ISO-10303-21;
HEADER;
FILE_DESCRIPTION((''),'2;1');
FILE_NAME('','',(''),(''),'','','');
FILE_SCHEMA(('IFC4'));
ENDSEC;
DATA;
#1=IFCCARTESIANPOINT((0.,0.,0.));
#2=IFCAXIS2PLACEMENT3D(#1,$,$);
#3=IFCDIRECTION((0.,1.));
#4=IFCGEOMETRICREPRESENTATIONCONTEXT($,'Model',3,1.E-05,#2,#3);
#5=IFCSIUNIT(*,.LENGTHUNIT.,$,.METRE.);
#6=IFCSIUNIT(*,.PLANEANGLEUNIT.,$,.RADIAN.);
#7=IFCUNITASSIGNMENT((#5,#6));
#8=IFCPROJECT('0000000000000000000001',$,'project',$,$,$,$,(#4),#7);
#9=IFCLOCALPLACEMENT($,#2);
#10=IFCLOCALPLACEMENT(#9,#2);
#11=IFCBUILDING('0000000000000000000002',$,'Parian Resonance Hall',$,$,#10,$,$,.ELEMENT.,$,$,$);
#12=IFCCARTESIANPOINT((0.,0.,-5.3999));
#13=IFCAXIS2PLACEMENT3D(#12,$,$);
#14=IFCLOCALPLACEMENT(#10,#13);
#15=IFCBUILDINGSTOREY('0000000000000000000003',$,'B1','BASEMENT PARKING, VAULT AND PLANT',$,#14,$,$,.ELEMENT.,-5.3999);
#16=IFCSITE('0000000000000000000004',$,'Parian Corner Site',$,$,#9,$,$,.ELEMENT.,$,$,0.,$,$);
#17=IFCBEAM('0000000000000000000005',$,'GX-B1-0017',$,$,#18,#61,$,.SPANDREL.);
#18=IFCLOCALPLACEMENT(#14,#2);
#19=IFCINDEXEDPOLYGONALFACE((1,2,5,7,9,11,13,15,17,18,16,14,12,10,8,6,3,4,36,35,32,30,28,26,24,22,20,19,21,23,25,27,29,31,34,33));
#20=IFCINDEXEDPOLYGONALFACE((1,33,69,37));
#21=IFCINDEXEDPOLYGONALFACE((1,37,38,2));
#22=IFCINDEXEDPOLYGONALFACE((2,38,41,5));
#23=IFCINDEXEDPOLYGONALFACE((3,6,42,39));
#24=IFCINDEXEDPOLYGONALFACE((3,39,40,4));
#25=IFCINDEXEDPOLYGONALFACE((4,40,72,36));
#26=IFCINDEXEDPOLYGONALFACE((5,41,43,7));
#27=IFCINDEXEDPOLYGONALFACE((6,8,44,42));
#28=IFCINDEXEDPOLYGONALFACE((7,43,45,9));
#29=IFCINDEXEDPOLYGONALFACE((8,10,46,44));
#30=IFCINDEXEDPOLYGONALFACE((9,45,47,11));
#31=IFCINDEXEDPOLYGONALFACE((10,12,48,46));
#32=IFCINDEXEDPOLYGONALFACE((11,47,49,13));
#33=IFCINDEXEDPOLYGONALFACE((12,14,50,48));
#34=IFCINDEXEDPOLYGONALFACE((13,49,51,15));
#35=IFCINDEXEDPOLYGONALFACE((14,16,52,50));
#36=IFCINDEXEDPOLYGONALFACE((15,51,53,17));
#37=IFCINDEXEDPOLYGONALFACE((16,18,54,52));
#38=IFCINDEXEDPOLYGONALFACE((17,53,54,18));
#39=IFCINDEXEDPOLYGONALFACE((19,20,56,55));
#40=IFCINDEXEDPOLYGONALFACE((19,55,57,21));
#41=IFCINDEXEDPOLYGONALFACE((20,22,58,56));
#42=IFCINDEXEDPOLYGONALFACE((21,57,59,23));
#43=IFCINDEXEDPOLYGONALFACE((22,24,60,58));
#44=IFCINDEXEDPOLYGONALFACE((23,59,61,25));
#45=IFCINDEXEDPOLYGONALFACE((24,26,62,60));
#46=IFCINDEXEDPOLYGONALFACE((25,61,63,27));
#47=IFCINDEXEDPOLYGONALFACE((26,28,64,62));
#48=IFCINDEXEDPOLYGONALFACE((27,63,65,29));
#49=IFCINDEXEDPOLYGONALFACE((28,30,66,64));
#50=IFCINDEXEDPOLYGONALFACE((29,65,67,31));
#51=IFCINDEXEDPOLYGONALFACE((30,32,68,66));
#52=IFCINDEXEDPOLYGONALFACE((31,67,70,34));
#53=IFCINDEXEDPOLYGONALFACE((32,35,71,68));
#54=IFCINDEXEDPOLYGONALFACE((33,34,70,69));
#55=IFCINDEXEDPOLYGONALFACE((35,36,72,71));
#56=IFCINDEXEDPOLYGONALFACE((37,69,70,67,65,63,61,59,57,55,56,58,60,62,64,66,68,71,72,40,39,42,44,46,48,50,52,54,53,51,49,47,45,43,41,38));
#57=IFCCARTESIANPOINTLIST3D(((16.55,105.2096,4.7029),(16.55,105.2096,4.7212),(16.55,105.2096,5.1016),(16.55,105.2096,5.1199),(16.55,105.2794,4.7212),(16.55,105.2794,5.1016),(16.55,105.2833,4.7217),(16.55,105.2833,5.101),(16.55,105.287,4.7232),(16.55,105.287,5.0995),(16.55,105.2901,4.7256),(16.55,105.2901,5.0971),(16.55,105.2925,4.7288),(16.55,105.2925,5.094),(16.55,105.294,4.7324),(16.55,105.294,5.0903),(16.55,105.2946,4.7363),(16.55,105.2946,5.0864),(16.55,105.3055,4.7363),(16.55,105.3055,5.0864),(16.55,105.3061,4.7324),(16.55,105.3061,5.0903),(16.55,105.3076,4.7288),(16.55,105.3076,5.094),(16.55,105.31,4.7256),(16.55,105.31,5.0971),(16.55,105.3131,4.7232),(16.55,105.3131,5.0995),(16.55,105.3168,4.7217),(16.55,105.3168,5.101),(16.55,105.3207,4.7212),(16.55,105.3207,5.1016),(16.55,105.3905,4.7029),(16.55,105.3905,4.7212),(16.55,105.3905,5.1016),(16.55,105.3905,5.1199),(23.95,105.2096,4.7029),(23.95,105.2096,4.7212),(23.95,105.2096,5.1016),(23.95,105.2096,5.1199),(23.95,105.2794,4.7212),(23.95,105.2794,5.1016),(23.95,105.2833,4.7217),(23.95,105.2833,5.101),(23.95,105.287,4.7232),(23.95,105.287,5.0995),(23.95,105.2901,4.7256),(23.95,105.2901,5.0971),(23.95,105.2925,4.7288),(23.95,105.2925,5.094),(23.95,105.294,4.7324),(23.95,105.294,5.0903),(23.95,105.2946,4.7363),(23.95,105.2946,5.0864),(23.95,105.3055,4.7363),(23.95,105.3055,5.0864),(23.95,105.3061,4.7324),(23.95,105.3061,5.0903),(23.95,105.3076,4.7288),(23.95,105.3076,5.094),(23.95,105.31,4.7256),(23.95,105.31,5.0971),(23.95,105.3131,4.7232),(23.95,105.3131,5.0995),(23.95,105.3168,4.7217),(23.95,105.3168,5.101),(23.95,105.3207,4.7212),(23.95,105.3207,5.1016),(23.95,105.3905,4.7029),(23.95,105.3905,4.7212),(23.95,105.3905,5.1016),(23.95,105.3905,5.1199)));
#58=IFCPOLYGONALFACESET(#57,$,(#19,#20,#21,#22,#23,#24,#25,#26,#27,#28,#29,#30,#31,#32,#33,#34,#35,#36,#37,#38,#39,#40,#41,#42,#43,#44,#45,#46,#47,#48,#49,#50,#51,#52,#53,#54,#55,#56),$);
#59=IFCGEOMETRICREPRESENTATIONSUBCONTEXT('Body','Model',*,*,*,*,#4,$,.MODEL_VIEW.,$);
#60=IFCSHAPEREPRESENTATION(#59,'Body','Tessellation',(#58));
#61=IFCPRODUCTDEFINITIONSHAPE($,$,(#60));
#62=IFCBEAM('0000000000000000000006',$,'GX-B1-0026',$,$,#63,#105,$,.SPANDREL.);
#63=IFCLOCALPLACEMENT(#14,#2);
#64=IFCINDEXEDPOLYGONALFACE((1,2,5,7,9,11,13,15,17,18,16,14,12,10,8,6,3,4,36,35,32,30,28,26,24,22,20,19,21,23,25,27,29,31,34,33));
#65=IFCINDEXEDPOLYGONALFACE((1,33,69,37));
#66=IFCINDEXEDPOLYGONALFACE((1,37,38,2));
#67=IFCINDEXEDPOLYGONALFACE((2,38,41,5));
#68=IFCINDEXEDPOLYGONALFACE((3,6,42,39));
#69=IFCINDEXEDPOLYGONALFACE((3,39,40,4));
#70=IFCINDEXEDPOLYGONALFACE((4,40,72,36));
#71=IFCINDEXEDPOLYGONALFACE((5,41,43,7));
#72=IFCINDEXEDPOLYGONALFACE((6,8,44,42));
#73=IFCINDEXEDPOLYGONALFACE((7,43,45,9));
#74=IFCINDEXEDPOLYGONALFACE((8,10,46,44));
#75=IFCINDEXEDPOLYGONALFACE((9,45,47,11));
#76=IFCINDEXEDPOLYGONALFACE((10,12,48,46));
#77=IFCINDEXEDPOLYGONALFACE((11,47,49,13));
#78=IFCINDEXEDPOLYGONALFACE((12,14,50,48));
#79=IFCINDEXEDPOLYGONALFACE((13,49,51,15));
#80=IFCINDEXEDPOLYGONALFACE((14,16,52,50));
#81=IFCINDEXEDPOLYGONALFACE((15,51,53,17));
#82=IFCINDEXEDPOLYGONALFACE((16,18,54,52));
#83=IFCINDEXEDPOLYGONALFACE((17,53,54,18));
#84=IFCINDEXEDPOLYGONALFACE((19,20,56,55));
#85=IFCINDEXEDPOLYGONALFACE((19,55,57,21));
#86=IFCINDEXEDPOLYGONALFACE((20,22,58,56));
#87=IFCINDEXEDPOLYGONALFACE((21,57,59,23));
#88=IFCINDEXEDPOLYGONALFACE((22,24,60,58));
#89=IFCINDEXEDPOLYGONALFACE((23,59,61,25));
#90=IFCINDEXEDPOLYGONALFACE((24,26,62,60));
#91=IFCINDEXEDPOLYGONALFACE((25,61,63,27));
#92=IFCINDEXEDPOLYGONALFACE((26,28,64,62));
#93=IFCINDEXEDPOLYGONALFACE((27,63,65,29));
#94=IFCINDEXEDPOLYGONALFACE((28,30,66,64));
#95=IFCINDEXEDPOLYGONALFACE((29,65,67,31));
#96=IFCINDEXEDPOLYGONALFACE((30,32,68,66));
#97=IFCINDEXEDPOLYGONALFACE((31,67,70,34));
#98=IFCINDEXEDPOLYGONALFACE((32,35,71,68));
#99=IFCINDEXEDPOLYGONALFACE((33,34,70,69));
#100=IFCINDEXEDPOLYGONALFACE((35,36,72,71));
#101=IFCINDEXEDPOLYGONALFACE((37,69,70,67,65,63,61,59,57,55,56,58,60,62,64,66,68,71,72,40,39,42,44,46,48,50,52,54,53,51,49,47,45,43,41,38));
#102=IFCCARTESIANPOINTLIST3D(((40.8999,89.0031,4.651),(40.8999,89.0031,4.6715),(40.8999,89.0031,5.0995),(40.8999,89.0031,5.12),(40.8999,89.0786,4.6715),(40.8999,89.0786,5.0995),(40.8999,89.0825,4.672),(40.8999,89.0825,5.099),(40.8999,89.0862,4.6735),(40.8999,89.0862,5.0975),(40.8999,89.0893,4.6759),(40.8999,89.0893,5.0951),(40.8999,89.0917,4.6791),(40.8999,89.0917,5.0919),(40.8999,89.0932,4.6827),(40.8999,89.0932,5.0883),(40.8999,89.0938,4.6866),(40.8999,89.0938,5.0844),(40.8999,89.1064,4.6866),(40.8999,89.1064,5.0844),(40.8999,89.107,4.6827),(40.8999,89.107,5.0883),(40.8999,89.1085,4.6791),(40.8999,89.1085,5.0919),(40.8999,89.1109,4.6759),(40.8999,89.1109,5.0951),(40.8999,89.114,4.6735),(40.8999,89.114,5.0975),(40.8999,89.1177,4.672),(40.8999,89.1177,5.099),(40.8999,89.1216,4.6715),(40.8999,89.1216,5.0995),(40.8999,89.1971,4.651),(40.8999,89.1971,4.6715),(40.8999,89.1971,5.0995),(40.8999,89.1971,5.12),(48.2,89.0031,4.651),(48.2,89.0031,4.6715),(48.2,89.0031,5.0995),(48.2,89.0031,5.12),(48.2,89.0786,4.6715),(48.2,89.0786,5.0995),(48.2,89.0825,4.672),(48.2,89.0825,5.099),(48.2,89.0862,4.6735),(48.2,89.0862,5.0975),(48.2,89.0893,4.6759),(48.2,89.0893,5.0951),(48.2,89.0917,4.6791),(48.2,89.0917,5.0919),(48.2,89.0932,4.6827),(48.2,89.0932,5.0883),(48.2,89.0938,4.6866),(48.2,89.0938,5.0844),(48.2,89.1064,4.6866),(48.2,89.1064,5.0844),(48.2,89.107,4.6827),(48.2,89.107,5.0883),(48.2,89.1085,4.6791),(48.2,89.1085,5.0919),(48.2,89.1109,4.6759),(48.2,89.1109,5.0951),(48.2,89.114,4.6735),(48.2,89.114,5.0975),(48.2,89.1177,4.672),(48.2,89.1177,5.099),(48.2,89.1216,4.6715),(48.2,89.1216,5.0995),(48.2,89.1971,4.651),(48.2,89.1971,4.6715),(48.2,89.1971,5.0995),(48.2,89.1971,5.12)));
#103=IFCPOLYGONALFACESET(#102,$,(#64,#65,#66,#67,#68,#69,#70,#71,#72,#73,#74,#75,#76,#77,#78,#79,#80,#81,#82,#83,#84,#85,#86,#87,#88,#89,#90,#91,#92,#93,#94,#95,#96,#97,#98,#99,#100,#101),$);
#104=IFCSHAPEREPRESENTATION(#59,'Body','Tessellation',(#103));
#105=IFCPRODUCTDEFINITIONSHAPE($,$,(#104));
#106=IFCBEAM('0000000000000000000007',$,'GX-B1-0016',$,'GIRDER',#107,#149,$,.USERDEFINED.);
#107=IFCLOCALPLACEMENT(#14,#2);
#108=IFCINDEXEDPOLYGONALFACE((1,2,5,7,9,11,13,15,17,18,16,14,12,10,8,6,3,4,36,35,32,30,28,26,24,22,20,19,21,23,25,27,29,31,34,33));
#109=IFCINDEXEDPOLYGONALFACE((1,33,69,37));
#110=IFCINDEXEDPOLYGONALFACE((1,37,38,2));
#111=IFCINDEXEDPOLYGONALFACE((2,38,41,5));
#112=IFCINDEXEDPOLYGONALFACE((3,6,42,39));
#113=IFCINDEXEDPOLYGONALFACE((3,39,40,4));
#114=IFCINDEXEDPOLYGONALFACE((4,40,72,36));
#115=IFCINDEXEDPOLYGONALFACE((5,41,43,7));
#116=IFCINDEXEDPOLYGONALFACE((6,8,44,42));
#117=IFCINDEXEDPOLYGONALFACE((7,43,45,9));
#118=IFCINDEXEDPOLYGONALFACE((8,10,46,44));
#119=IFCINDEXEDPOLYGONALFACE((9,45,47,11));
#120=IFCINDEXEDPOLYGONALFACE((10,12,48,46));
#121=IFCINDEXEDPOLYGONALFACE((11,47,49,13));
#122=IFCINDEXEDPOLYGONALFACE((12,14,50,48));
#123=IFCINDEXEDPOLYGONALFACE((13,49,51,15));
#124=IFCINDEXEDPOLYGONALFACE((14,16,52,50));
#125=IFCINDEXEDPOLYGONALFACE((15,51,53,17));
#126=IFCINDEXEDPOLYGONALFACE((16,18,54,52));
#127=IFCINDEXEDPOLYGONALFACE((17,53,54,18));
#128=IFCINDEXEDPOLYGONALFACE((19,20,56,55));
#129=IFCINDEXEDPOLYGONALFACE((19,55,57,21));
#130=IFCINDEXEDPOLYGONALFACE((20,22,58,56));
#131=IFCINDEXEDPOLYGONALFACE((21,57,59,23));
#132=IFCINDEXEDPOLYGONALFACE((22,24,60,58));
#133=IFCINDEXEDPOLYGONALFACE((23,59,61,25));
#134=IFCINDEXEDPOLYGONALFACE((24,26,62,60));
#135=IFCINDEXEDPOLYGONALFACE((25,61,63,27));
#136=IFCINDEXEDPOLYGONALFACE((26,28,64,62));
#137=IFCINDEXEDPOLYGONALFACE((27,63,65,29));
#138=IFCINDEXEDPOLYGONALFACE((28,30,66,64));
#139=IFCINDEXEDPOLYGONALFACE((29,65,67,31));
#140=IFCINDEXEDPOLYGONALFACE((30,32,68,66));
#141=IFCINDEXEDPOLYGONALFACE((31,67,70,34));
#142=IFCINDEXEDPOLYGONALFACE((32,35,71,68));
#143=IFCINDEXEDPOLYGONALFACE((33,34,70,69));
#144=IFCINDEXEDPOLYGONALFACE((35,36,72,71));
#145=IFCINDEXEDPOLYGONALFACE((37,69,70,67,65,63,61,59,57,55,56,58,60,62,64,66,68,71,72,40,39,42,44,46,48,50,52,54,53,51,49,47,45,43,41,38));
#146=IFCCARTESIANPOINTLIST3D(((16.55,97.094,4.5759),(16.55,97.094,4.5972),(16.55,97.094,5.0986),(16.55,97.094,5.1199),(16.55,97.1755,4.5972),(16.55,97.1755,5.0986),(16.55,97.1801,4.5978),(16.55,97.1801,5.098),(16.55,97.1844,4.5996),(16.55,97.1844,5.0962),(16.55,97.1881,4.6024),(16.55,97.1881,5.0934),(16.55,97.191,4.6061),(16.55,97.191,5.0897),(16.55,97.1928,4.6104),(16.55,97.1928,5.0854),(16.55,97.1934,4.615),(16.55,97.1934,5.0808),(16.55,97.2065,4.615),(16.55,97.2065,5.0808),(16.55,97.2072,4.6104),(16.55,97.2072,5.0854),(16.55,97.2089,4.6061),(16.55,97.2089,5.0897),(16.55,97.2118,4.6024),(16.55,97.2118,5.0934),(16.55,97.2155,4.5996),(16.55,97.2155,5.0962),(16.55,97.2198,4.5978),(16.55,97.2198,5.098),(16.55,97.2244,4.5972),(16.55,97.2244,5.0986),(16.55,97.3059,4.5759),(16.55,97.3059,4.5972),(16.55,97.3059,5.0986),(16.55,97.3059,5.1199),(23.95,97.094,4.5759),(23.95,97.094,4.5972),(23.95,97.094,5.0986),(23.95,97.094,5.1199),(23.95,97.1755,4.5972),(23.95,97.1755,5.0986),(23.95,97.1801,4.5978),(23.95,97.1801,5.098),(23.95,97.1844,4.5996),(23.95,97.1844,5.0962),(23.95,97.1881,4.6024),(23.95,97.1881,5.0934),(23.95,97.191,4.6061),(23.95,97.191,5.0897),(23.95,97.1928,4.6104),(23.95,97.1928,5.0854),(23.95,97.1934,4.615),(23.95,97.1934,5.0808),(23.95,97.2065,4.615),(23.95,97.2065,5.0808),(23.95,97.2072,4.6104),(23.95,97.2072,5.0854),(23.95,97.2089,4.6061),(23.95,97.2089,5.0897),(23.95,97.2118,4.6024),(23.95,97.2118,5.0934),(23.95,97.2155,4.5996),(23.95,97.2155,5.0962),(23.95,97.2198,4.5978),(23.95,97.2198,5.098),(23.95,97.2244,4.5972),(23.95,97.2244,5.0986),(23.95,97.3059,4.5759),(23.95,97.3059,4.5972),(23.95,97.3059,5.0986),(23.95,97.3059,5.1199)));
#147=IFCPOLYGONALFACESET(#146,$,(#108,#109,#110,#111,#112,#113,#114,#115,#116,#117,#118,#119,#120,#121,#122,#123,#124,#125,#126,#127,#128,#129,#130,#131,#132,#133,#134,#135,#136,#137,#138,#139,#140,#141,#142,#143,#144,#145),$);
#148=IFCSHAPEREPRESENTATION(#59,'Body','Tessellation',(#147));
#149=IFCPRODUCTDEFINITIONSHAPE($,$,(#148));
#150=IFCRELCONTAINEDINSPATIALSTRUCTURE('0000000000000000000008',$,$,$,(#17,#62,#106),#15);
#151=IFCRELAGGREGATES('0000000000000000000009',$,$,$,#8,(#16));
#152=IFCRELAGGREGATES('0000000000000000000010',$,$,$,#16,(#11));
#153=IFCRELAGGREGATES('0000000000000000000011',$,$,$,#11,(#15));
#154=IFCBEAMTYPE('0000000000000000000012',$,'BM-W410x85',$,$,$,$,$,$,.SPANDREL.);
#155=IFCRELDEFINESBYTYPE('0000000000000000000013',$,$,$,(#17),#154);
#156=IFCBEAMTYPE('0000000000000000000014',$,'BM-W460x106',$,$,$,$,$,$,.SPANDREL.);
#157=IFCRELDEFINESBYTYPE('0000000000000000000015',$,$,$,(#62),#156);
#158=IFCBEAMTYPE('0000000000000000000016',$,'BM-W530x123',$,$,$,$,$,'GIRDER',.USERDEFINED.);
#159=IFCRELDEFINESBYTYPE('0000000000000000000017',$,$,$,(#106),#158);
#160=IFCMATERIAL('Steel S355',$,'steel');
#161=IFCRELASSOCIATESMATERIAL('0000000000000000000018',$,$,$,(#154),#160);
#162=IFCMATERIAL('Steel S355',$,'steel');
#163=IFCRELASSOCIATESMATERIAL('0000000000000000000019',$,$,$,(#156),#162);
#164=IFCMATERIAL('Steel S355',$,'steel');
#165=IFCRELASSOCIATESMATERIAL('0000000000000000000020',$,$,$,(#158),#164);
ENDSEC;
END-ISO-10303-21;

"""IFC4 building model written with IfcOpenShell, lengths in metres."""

from ifc_helpers import new_model, si_unit, direction, frame, origin, origin_2d, place, context, subcontext, project, spatial, i_section, extrude, material, material_profile, profile_set, type_object, element, save


model = new_model("IFC4")

# Units and contexts
model_context = context("Model", 3, precision=1e-05, world=origin(), true_north=direction((0.0, 1.0)))
body_context = subcontext(model_context, "Body", "Model", "MODEL_VIEW")
ifc_project = project(units=[si_unit("LENGTHUNIT", "METRE"), si_unit("PLANEANGLEUNIT", "RADIAN")], contexts=[model_context])

# Site, building, storey
site_placement = place(None, origin())
site = spatial("IfcSite", under=ifc_project, at=site_placement, Name="Parian Corner Site", CompositionType="ELEMENT", RefElevation=0.0)
building_placement = place(site_placement, origin())
building = spatial("IfcBuilding", under=site, at=building_placement, Name="Parian Resonance Hall", CompositionType="ELEMENT")
storey_placement = place(building_placement, frame((0.0, 0.0, -5.3999)))
storey = spatial("IfcBuildingStorey", under=building, at=storey_placement, Name="B1", Description="BASEMENT PARKING, VAULT AND PLANT", CompositionType="ELEMENT", Elevation=-5.3999)

# Beams
ifc_material_1 = material(Name="Steel S355", Category="steel")
ifc_material_profile_1 = material_profile(ifc_material_1, i_section(OverallWidth=0.1809, OverallDepth=0.417, WebThickness=0.011, FlangeThickness=0.0183, FilletRadius=0.0151, at=origin_2d()), Name="W410x85")
ifc_profile_set_1 = profile_set([ifc_material_profile_1], Name="Steel S355")
beam_type_1 = type_object("IfcBeamType", Name="BM-W410x85", PredefinedType="SPANDREL", material=ifc_profile_set_1)
beam_1_placement = place(storey_placement, frame((16.55, 105.3, 4.9114), z_axis=(1.0, 0.0, 0.0), x_axis=(0.0, 1.0, 0.0)))
element("IfcBeam", 1, at=beam_1_placement, inside=storey, type_object=beam_type_1, Name="GX-B1-0017", PredefinedType="SPANDREL", context=body_context, shape_type="SweptSolid", body=[
    extrude(i_section(OverallWidth=0.1809, OverallDepth=0.417, WebThickness=0.011, FlangeThickness=0.0183, FilletRadius=0.0151, at=origin_2d()), origin(), (0.0, 0.0, 1.0), 7.3999),
])
ifc_material_2 = material(Name="Steel S355", Category="steel")
ifc_material_profile_2 = material_profile(ifc_material_2, i_section(OverallWidth=0.1941, OverallDepth=0.469, WebThickness=0.0127, FlangeThickness=0.0205, FilletRadius=0.0151, at=origin_2d()), Name="W460x106")
ifc_profile_set_2 = profile_set([ifc_material_profile_2], Name="Steel S355")
beam_type_2 = type_object("IfcBeamType", Name="BM-W460x106", PredefinedType="SPANDREL", material=ifc_profile_set_2)
beam_2_placement = place(storey_placement, frame((40.8999, 89.1001, 4.8855), z_axis=(1.0, 0.0, 0.0), x_axis=(0.0, 1.0, 0.0)))
element("IfcBeam", 2, at=beam_2_placement, inside=storey, type_object=beam_type_2, Name="GX-B1-0026", PredefinedType="SPANDREL", context=body_context, shape_type="SweptSolid", body=[
    extrude(i_section(OverallWidth=0.1941, OverallDepth=0.469, WebThickness=0.0127, FlangeThickness=0.0205, FilletRadius=0.0151, at=origin_2d()), origin(), (0.0, 0.0, 1.0), 7.3),
])
ifc_material_3 = material(Name="Steel S355", Category="steel")
ifc_material_profile_3 = material_profile(ifc_material_3, i_section(OverallWidth=0.2119, OverallDepth=0.5439, WebThickness=0.0132, FlangeThickness=0.0212, FilletRadius=0.0178, at=origin_2d()), Name="W530x123")
ifc_profile_set_3 = profile_set([ifc_material_profile_3], Name="Steel S355")
beam_type_3 = type_object("IfcBeamType", Name="BM-W530x123", ElementType="GIRDER", PredefinedType="USERDEFINED", material=ifc_profile_set_3)
beam_3_placement = place(storey_placement, frame((16.55, 97.2, 4.8479), z_axis=(1.0, 0.0, 0.0), x_axis=(0.0, 1.0, 0.0)))
element("IfcBeam", 3, at=beam_3_placement, inside=storey, type_object=beam_type_3, Name="GX-B1-0016", ObjectType="GIRDER", PredefinedType="USERDEFINED", context=body_context, shape_type="SweptSolid", body=[
    extrude(i_section(OverallWidth=0.2119, OverallDepth=0.5439, WebThickness=0.0132, FlangeThickness=0.0212, FilletRadius=0.0178, at=origin_2d()), origin(), (0.0, 0.0, 1.0), 7.3999),
])

save(model, "model.ifc")
